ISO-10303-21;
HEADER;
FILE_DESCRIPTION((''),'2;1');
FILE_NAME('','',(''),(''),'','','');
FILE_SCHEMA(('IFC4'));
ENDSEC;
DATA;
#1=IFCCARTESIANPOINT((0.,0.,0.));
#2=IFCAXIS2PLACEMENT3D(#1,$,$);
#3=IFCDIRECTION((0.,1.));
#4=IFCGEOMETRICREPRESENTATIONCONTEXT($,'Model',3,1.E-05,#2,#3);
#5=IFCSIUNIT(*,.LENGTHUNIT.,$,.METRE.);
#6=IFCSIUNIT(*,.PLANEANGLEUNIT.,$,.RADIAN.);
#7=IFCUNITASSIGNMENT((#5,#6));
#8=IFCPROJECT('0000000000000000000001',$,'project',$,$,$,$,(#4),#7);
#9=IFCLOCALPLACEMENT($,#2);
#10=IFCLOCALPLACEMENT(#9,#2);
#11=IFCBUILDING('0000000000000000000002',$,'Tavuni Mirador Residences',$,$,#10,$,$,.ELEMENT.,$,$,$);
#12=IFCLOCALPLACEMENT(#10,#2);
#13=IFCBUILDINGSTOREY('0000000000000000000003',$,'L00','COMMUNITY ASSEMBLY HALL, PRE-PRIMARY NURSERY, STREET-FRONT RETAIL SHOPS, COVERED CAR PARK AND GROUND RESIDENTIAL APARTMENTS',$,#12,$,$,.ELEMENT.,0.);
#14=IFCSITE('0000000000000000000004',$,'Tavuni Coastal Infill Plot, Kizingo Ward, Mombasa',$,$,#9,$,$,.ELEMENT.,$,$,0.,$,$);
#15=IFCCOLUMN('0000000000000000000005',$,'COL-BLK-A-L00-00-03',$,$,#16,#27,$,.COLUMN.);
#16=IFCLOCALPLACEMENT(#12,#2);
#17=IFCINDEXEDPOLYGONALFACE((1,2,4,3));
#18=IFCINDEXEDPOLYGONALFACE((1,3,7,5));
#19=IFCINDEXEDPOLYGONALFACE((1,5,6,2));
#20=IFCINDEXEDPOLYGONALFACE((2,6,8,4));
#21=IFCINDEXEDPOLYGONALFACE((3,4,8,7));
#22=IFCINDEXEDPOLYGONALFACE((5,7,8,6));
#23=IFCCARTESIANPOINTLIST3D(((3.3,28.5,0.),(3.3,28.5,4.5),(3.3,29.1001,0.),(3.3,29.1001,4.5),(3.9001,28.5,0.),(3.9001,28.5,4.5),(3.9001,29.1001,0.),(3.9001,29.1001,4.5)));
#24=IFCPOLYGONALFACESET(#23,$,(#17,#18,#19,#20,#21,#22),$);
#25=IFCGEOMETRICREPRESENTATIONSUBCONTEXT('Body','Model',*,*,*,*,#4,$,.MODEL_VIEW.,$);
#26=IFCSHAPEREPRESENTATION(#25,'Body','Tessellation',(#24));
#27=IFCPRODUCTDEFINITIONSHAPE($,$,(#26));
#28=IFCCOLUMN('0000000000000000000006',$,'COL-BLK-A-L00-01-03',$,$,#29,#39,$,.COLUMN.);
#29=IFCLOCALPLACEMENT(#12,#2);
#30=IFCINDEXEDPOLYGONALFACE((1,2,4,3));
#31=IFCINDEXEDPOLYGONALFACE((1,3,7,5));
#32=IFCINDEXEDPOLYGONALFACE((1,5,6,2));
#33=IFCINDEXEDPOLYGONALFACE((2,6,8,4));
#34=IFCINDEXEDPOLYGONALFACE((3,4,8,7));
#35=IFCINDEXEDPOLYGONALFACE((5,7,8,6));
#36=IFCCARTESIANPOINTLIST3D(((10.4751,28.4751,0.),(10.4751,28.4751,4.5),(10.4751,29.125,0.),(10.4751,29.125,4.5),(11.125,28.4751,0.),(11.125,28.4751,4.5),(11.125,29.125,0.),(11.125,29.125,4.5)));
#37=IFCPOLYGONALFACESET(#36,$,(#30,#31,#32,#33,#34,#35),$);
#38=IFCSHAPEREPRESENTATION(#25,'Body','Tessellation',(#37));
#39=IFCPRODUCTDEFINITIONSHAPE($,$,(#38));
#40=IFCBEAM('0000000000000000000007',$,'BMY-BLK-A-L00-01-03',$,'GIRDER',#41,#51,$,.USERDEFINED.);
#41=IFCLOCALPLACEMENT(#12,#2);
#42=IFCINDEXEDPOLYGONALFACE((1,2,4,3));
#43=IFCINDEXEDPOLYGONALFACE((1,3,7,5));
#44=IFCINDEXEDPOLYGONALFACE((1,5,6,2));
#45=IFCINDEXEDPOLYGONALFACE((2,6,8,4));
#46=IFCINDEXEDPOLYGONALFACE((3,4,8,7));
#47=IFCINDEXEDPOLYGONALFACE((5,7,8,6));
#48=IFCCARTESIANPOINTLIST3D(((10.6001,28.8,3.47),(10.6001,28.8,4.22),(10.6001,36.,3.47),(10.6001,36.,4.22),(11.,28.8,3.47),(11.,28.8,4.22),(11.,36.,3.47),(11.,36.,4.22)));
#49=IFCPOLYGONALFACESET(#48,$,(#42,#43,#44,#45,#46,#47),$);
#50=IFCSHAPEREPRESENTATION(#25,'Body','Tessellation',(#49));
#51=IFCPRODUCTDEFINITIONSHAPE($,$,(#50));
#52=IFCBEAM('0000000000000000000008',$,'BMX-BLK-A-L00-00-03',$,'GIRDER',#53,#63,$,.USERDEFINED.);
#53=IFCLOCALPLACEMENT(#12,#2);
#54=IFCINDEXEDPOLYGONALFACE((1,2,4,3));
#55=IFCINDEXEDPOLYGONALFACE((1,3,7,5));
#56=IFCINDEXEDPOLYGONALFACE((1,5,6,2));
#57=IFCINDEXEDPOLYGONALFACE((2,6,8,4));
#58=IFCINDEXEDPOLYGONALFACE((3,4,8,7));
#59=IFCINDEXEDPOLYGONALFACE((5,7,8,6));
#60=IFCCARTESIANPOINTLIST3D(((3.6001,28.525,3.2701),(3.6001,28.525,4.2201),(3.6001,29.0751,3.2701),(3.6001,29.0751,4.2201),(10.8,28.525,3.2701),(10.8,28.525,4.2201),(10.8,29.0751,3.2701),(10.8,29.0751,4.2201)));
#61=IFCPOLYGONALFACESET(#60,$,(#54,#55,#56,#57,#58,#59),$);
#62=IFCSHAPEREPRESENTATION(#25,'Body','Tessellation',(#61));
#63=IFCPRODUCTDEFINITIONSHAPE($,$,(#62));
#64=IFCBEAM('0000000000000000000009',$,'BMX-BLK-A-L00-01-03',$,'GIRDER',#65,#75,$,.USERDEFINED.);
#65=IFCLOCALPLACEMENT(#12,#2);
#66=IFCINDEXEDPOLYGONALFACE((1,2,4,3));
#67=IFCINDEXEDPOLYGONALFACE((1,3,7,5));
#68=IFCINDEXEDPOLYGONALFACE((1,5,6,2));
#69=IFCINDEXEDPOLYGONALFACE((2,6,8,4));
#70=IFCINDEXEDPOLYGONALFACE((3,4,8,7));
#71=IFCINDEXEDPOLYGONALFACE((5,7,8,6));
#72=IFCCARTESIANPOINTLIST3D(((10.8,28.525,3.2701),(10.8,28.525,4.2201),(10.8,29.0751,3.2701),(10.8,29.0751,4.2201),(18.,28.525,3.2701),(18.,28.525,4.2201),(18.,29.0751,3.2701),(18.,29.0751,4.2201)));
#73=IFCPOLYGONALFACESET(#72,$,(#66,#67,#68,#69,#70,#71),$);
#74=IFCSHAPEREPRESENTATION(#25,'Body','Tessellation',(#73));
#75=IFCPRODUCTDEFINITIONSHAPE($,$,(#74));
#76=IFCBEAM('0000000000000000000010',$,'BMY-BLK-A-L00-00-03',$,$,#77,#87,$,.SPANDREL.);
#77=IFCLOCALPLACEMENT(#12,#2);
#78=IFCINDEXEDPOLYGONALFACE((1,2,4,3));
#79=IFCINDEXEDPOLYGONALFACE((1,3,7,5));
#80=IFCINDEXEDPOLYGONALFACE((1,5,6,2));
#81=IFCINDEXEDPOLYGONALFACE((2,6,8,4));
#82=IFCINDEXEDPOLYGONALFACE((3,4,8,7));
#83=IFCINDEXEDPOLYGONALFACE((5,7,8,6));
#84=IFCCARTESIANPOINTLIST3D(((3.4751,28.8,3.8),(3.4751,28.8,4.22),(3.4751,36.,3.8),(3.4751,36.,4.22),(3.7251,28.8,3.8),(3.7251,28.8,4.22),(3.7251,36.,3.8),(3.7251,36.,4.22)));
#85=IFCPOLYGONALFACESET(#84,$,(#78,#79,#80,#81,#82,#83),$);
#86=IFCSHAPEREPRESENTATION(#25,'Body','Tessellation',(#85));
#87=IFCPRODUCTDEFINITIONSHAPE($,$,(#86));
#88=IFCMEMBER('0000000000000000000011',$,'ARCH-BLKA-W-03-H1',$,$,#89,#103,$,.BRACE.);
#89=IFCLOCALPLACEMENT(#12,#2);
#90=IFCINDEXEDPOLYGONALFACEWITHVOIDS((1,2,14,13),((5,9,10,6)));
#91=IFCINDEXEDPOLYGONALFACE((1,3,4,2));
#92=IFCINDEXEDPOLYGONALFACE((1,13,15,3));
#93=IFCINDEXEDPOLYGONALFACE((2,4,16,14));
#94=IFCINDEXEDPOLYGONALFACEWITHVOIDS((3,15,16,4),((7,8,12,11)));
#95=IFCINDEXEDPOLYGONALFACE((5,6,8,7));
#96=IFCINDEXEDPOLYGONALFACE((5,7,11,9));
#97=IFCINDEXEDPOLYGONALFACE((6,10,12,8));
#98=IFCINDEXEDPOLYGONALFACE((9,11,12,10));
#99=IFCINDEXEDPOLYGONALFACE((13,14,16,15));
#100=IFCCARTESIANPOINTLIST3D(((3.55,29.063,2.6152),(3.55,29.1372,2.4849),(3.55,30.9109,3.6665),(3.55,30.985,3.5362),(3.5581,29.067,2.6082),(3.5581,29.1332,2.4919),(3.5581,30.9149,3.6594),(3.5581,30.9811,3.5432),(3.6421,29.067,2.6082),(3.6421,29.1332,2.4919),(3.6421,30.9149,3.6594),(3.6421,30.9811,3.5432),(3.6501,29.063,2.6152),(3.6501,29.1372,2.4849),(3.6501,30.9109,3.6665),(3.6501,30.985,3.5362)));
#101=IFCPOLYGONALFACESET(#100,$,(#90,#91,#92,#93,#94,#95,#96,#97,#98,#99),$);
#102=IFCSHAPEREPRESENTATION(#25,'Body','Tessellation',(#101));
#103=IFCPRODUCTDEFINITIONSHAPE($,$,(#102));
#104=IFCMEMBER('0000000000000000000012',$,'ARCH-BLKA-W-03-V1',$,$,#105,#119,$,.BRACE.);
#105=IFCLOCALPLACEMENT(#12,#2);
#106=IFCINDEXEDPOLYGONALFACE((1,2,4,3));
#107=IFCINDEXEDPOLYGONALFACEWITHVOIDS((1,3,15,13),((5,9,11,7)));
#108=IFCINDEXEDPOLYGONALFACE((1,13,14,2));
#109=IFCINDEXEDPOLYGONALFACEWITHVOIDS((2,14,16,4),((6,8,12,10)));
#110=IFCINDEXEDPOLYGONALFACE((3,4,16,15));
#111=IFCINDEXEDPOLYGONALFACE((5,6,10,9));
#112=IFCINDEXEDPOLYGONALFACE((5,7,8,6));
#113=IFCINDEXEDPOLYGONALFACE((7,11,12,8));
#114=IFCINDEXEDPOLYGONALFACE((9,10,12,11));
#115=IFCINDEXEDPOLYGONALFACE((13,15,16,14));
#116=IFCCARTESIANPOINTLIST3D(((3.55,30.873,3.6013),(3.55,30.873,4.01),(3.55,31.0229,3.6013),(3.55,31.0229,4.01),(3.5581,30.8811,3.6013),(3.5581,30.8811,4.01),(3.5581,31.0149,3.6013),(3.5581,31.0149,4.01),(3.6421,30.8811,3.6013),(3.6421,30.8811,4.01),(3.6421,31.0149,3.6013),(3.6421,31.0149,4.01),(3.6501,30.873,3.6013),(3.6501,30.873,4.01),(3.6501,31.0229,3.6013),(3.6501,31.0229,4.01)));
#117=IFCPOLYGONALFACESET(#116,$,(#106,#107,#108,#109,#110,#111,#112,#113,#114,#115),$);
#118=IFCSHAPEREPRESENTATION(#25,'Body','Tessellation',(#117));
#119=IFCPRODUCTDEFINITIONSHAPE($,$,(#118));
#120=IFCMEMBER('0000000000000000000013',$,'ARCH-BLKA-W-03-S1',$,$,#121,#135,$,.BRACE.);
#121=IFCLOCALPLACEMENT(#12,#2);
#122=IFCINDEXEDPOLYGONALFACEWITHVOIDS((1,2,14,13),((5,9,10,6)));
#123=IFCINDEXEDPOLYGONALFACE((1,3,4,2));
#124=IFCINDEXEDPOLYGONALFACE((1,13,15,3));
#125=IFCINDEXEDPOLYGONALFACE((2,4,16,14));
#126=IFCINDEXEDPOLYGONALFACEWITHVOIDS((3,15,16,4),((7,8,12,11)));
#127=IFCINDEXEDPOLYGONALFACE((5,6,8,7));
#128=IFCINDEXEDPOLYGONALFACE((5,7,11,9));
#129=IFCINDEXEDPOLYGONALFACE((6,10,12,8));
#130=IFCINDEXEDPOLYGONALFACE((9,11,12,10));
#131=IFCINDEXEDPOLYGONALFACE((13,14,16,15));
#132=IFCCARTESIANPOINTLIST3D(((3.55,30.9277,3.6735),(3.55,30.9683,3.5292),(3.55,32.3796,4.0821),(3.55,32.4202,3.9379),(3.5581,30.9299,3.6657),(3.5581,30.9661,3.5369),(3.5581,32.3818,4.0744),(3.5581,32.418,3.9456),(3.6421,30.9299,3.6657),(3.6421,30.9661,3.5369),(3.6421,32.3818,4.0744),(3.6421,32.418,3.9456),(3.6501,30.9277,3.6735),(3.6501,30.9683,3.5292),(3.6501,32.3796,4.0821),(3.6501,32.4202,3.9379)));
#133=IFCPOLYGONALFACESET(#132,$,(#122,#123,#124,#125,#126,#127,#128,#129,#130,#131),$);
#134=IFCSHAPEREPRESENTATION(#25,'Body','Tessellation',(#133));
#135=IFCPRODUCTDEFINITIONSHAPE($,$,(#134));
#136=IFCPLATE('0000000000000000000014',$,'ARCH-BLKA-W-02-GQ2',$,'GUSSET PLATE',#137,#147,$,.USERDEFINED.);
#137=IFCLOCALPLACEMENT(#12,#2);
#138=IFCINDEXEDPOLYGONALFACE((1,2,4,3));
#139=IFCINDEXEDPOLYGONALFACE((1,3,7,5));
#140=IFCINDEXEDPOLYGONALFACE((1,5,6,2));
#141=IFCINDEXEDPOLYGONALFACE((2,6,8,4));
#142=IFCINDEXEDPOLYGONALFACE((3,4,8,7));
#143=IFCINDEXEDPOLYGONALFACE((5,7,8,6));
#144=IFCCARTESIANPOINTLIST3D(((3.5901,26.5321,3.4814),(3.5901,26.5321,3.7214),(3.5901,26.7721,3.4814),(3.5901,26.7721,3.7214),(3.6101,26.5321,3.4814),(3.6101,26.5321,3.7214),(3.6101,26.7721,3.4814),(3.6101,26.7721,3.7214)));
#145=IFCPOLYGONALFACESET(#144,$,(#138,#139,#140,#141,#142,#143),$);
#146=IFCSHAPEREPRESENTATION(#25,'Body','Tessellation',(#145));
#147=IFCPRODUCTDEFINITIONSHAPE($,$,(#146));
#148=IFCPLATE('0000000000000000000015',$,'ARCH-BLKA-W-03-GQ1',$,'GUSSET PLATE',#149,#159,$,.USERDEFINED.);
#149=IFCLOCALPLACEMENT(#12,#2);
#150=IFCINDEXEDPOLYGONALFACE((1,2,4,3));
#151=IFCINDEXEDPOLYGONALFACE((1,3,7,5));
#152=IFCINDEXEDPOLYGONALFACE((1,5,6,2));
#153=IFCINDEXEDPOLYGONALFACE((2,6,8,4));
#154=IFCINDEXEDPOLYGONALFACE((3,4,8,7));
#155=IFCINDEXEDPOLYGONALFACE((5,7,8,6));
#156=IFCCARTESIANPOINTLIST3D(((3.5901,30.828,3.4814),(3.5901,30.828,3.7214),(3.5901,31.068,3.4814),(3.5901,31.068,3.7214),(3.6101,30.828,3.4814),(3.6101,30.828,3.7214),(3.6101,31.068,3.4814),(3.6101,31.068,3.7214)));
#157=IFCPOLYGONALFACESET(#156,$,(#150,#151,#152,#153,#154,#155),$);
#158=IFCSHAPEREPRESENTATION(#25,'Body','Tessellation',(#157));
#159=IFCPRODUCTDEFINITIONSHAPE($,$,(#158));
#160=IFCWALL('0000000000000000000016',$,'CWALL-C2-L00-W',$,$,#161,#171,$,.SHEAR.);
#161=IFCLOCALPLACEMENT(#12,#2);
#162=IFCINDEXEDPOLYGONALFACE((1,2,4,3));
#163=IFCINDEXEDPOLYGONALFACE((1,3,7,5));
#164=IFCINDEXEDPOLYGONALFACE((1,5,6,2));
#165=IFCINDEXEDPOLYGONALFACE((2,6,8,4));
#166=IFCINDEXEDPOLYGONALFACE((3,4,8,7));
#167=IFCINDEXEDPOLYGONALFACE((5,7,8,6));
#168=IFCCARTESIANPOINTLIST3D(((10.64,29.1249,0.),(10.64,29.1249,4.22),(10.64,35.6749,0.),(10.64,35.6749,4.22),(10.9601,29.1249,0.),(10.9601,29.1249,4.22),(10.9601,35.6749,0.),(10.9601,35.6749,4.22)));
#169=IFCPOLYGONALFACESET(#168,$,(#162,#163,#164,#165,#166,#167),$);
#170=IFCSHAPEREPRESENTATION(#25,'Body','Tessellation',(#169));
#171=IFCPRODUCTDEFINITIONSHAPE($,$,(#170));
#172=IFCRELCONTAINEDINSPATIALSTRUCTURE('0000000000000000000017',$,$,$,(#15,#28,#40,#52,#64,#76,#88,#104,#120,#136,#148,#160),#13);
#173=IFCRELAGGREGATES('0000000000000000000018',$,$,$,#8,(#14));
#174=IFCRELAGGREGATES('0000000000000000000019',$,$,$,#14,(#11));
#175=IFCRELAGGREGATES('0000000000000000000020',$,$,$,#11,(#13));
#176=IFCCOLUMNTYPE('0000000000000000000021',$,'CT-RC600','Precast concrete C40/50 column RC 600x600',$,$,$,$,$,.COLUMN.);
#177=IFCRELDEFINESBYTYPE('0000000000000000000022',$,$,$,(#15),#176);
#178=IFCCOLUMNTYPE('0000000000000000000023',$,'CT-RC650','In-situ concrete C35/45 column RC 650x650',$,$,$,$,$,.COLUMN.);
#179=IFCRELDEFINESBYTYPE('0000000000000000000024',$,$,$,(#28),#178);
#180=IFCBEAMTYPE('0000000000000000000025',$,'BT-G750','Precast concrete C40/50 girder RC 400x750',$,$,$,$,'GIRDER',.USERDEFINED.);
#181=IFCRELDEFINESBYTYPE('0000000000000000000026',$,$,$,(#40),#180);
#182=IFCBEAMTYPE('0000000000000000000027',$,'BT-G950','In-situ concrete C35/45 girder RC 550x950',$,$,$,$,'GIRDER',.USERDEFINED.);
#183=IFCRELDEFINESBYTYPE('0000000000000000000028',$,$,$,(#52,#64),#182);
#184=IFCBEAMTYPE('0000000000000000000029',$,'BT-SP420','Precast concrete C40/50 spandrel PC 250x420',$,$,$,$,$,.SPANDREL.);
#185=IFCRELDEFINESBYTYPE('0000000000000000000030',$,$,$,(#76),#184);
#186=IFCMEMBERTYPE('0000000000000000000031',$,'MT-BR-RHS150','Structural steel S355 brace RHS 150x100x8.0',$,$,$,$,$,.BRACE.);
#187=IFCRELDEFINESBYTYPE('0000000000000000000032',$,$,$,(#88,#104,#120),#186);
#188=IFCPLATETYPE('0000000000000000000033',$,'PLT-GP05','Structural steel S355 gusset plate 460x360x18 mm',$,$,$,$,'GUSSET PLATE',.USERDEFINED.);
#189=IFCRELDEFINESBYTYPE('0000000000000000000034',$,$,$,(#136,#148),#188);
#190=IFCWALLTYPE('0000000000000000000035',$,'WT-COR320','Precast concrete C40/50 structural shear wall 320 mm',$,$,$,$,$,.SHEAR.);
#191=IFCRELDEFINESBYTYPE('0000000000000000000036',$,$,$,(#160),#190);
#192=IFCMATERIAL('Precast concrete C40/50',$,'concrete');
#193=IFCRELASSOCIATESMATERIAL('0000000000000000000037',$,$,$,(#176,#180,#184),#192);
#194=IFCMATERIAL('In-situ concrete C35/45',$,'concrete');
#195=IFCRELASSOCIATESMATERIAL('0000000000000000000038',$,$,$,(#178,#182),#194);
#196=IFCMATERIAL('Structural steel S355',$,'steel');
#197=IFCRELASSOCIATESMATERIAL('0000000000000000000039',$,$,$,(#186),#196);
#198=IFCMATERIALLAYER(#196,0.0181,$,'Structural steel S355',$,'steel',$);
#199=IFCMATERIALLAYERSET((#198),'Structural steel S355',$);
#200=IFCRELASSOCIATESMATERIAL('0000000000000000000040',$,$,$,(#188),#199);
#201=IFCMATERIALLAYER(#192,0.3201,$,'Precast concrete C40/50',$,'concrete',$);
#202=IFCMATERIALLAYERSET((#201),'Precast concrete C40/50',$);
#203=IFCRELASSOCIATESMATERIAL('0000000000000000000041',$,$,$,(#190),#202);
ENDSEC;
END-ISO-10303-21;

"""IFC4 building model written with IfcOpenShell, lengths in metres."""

from ifc_helpers import new_model, si_unit, direction, frame, frame_2d, origin, origin_2d, place, context, subcontext, project, spatial, rectangle, hollow_rectangle, extrude, material, layer, layer_set, material_profile, profile_set, type_object, element, save


model = new_model("IFC4")

# Units and contexts
model_context = context("Model", 3, precision=1e-05, world=origin(), true_north=direction((0.0, 1.0)))
body_context = subcontext(model_context, "Body", "Model", "MODEL_VIEW")
ifc_project = project(units=[si_unit("LENGTHUNIT", "METRE"), si_unit("PLANEANGLEUNIT", "RADIAN")], contexts=[model_context])

# Site, building, storey
site_placement = place(None, origin())
site = spatial("IfcSite", under=ifc_project, at=site_placement, Name="Tavuni Coastal Infill Plot, Kizingo Ward, Mombasa", CompositionType="ELEMENT", RefElevation=0.0)
building_placement = place(site_placement, origin())
building = spatial("IfcBuilding", under=site, at=building_placement, Name="Tavuni Mirador Residences", CompositionType="ELEMENT")
storey_placement = place(building_placement, origin())
storey = spatial("IfcBuildingStorey", under=building, at=storey_placement, Name="L00", Description="COMMUNITY ASSEMBLY HALL, PRE-PRIMARY NURSERY, STREET-FRONT RETAIL SHOPS, COVERED CAR PARK AND GROUND RESIDENTIAL APARTMENTS", CompositionType="ELEMENT", Elevation=0.0)

# Columns
ifc_material_1 = material(Name="Precast concrete C40/50", Category="concrete")
ifc_material_profile_1 = material_profile(ifc_material_1, rectangle(XDim=0.6001, YDim=0.6001, at=origin_2d()), Name="RC 600x600", Category="concrete")
ifc_profile_set_1 = profile_set([ifc_material_profile_1], Name="Precast concrete C40/50")
column_type_1 = type_object("IfcColumnType", Name="CT-RC600", Description="Precast concrete C40/50 column RC 600x600", PredefinedType="COLUMN", material=ifc_profile_set_1)
column_1_placement = place(storey_placement, frame((3.6001, 28.8, 0.0), z_axis=(0.0, 0.0, 1.0), x_axis=(1.0, 0.0, 0.0)))
element("IfcColumn", 1, at=column_1_placement, inside=storey, type_object=column_type_1, Name="COL-BLK-A-L00-00-03", PredefinedType="COLUMN", context=body_context, shape_type="SweptSolid", body=[
    extrude(rectangle(XDim=0.6001, YDim=0.6001, at=origin_2d()), origin(), (0.0, 0.0, 1.0), 4.5),
])
ifc_material_2 = material(Name="In-situ concrete C35/45", Category="concrete")
ifc_material_profile_2 = material_profile(ifc_material_2, rectangle(XDim=0.6499, YDim=0.6499, at=origin_2d()), Name="RC 650x650", Category="concrete")
ifc_profile_set_2 = profile_set([ifc_material_profile_2], Name="In-situ concrete C35/45")
column_type_2 = type_object("IfcColumnType", Name="CT-RC650", Description="In-situ concrete C35/45 column RC 650x650", PredefinedType="COLUMN", material=ifc_profile_set_2)
column_2_placement = place(storey_placement, frame((10.8, 28.8, 0.0), z_axis=(0.0, 0.0, 1.0), x_axis=(1.0, 0.0, 0.0)))
element("IfcColumn", 2, at=column_2_placement, inside=storey, type_object=column_type_2, Name="COL-BLK-A-L00-01-03", PredefinedType="COLUMN", context=body_context, shape_type="SweptSolid", body=[
    extrude(rectangle(XDim=0.6499, YDim=0.6499, at=origin_2d()), origin(), (0.0, 0.0, 1.0), 4.5),
])

# Beams
ifc_material_profile_3 = material_profile(ifc_material_1, rectangle(XDim=0.3999, YDim=0.75, at=origin_2d()), Name="RC 400x750", Category="concrete")
ifc_profile_set_3 = profile_set([ifc_material_profile_3], Name="Precast concrete C40/50")
beam_type_1 = type_object("IfcBeamType", Name="BT-G750", Description="Precast concrete C40/50 girder RC 400x750", ElementType="GIRDER", PredefinedType="USERDEFINED", material=ifc_profile_set_3)
beam_1_placement = place(storey_placement, frame((10.8, 28.8, 3.845), z_axis=(0.0, 1.0, 0.0), x_axis=(-1.0, 0.0, 0.0)))
element("IfcBeam", 3, at=beam_1_placement, inside=storey, type_object=beam_type_1, Name="BMY-BLK-A-L00-01-03", ObjectType="GIRDER", PredefinedType="USERDEFINED", context=body_context, shape_type="SweptSolid", body=[
    extrude(rectangle(XDim=0.3999, YDim=0.75, at=origin_2d()), origin(), (0.0, 0.0, 1.0), 7.2),
])
ifc_material_profile_4 = material_profile(ifc_material_2, rectangle(XDim=0.55, YDim=0.95, at=origin_2d()), Name="RC 550x950", Category="concrete")
ifc_profile_set_4 = profile_set([ifc_material_profile_4], Name="In-situ concrete C35/45")
beam_type_2 = type_object("IfcBeamType", Name="BT-G950", Description="In-situ concrete C35/45 girder RC 550x950", ElementType="GIRDER", PredefinedType="USERDEFINED", material=ifc_profile_set_4)
for number, where, z_axis, x_axis, name in (
    (4, (3.6001, 28.8, 3.7451), (1.0, 0.0, 0.0), (0.0, 1.0, 0.0), "BMX-BLK-A-L00-00-03"),
    (5, (10.8, 28.8, 3.7451), (1.0, 0.0, 0.0), (0.0, 1.0, 0.0), "BMX-BLK-A-L00-01-03"),
):
    element("IfcBeam", number, at=place(storey_placement, frame(where, z_axis=z_axis, x_axis=x_axis)), inside=storey, type_object=beam_type_2, Name=name, ObjectType="GIRDER", PredefinedType="USERDEFINED", context=body_context, shape_type="SweptSolid", body=[
        extrude(rectangle(XDim=0.55, YDim=0.95, at=origin_2d()), origin(), (0.0, 0.0, 1.0), 7.2),
    ])
ifc_material_profile_5 = material_profile(ifc_material_1, rectangle(XDim=0.25, YDim=0.4199, at=origin_2d()), Name="PC 250x420", Category="concrete")
ifc_profile_set_5 = profile_set([ifc_material_profile_5], Name="Precast concrete C40/50")
beam_type_3 = type_object("IfcBeamType", Name="BT-SP420", Description="Precast concrete C40/50 spandrel PC 250x420", PredefinedType="SPANDREL", material=ifc_profile_set_5)
beam_2_placement = place(storey_placement, frame((3.6001, 28.8, 4.01), z_axis=(0.0, 1.0, 0.0), x_axis=(-1.0, 0.0, 0.0)))
element("IfcBeam", 6, at=beam_2_placement, inside=storey, type_object=beam_type_3, Name="BMY-BLK-A-L00-00-03", PredefinedType="SPANDREL", context=body_context, shape_type="SweptSolid", body=[
    extrude(rectangle(XDim=0.25, YDim=0.4199, at=origin_2d()), origin(), (0.0, 0.0, 1.0), 7.2),
])

# Members
ifc_material_3 = material(Name="Structural steel S355", Category="steel")
ifc_material_profile_6 = material_profile(ifc_material_3, hollow_rectangle(XDim=0.1001, YDim=0.1499, WallThickness=0.0081, at=origin_2d()), Name="RHS 150x100x8.0", Category="steel")
ifc_profile_set_6 = profile_set([ifc_material_profile_6], Name="Structural steel S355")
member_type = type_object("IfcMemberType", Name="MT-BR-RHS150", Description="Structural steel S355 brace RHS 150x100x8.0", PredefinedType="BRACE", material=ifc_profile_set_6)
member_1_placement = place(storey_placement, frame((3.6001, 29.1001, 2.55), z_axis=(0.0, 0.869189, 0.494481), x_axis=(-1.0, 0.0, 0.0)))
element("IfcMember", 7, at=member_1_placement, inside=storey, type_object=member_type, Name="ARCH-BLKA-W-03-H1", PredefinedType="BRACE", context=body_context, shape_type="SweptSolid", body=[
    extrude(hollow_rectangle(XDim=0.1001, YDim=0.1499, WallThickness=0.0081, at=origin_2d()), origin(), (0.0, 0.0, 1.0), 2.126),
])
member_2_placement = place(storey_placement, frame((3.6001, 30.948, 3.6013), z_axis=(0.0, 0.0, 1.0), x_axis=(1.0, 0.0, 0.0)))
element("IfcMember", 8, at=member_2_placement, inside=storey, type_object=member_type, Name="ARCH-BLKA-W-03-V1", PredefinedType="BRACE", context=body_context, shape_type="SweptSolid", body=[
    extrude(hollow_rectangle(XDim=0.1001, YDim=0.1499, WallThickness=0.0081, at=origin_2d()), origin(), (0.0, 0.0, 1.0), 0.4087),
])
member_3_placement = place(storey_placement, frame((3.6001, 30.948, 3.6013), z_axis=(0.0, 0.962592, 0.270957), x_axis=(-1.0, 0.0, 0.0)))
element("IfcMember", 9, at=member_3_placement, inside=storey, type_object=member_type, Name="ARCH-BLKA-W-03-S1", PredefinedType="BRACE", context=body_context, shape_type="SweptSolid", body=[
    extrude(hollow_rectangle(XDim=0.1001, YDim=0.1499, WallThickness=0.0081, at=origin_2d()), origin(), (0.0, 0.0, 1.0), 1.5083),
])

# Plates
ifc_layer_1 = layer(ifc_material_3, 0.0181, Name="Structural steel S355", Category="steel")
ifc_layer_set_1 = layer_set([ifc_layer_1], Name="Structural steel S355")
plate_type = type_object("IfcPlateType", Name="PLT-GP05", Description="Structural steel S355 gusset plate 460x360x18 mm", ElementType="GUSSET PLATE", PredefinedType="USERDEFINED", material=ifc_layer_set_1)
for number, where, z_axis, x_axis, name in (
    (10, (3.6001, 26.6521, 3.4814), (0.0, 0.0, 1.0), (1.0, 0.0, 0.0), "ARCH-BLKA-W-02-GQ2"),
    (11, (3.6001, 30.948, 3.4814), (0.0, 0.0, 1.0), (1.0, 0.0, 0.0), "ARCH-BLKA-W-03-GQ1"),
):
    element("IfcPlate", number, at=place(storey_placement, frame(where, z_axis=z_axis, x_axis=x_axis)), inside=storey, type_object=plate_type, Name=name, ObjectType="GUSSET PLATE", PredefinedType="USERDEFINED", context=body_context, shape_type="SweptSolid", body=[
        extrude(rectangle(XDim=0.02, YDim=0.24, at=origin_2d()), origin(), (0.0, 0.0, 1.0), 0.24),
    ])

# Wall
ifc_layer_2 = layer(ifc_material_1, 0.3201, Name="Precast concrete C40/50", Category="concrete")
ifc_layer_set_2 = layer_set([ifc_layer_2], Name="Precast concrete C40/50")
wall_type_1 = type_object("IfcWallType", Name="WT-COR320", Description="Precast concrete C40/50 structural shear wall 320 mm", PredefinedType="SHEAR", material=ifc_layer_set_2)
wall_1_placement = place(storey_placement, frame((10.8, 29.125, 0.0), z_axis=(0.0, 0.0, 1.0), x_axis=(0.0, 1.0, 0.0)))
element("IfcWall", 12, at=wall_1_placement, inside=storey, type_object=wall_type_1, Name="CWALL-C2-L00-W", PredefinedType="SHEAR", context=body_context, shape_type="SweptSolid", body=[
    extrude(rectangle(XDim=6.55, YDim=0.3201, at=frame_2d((3.2749, 0.0))), origin(), (0.0, 0.0, 1.0), 4.22),
])

save(model, "model.ifc")
